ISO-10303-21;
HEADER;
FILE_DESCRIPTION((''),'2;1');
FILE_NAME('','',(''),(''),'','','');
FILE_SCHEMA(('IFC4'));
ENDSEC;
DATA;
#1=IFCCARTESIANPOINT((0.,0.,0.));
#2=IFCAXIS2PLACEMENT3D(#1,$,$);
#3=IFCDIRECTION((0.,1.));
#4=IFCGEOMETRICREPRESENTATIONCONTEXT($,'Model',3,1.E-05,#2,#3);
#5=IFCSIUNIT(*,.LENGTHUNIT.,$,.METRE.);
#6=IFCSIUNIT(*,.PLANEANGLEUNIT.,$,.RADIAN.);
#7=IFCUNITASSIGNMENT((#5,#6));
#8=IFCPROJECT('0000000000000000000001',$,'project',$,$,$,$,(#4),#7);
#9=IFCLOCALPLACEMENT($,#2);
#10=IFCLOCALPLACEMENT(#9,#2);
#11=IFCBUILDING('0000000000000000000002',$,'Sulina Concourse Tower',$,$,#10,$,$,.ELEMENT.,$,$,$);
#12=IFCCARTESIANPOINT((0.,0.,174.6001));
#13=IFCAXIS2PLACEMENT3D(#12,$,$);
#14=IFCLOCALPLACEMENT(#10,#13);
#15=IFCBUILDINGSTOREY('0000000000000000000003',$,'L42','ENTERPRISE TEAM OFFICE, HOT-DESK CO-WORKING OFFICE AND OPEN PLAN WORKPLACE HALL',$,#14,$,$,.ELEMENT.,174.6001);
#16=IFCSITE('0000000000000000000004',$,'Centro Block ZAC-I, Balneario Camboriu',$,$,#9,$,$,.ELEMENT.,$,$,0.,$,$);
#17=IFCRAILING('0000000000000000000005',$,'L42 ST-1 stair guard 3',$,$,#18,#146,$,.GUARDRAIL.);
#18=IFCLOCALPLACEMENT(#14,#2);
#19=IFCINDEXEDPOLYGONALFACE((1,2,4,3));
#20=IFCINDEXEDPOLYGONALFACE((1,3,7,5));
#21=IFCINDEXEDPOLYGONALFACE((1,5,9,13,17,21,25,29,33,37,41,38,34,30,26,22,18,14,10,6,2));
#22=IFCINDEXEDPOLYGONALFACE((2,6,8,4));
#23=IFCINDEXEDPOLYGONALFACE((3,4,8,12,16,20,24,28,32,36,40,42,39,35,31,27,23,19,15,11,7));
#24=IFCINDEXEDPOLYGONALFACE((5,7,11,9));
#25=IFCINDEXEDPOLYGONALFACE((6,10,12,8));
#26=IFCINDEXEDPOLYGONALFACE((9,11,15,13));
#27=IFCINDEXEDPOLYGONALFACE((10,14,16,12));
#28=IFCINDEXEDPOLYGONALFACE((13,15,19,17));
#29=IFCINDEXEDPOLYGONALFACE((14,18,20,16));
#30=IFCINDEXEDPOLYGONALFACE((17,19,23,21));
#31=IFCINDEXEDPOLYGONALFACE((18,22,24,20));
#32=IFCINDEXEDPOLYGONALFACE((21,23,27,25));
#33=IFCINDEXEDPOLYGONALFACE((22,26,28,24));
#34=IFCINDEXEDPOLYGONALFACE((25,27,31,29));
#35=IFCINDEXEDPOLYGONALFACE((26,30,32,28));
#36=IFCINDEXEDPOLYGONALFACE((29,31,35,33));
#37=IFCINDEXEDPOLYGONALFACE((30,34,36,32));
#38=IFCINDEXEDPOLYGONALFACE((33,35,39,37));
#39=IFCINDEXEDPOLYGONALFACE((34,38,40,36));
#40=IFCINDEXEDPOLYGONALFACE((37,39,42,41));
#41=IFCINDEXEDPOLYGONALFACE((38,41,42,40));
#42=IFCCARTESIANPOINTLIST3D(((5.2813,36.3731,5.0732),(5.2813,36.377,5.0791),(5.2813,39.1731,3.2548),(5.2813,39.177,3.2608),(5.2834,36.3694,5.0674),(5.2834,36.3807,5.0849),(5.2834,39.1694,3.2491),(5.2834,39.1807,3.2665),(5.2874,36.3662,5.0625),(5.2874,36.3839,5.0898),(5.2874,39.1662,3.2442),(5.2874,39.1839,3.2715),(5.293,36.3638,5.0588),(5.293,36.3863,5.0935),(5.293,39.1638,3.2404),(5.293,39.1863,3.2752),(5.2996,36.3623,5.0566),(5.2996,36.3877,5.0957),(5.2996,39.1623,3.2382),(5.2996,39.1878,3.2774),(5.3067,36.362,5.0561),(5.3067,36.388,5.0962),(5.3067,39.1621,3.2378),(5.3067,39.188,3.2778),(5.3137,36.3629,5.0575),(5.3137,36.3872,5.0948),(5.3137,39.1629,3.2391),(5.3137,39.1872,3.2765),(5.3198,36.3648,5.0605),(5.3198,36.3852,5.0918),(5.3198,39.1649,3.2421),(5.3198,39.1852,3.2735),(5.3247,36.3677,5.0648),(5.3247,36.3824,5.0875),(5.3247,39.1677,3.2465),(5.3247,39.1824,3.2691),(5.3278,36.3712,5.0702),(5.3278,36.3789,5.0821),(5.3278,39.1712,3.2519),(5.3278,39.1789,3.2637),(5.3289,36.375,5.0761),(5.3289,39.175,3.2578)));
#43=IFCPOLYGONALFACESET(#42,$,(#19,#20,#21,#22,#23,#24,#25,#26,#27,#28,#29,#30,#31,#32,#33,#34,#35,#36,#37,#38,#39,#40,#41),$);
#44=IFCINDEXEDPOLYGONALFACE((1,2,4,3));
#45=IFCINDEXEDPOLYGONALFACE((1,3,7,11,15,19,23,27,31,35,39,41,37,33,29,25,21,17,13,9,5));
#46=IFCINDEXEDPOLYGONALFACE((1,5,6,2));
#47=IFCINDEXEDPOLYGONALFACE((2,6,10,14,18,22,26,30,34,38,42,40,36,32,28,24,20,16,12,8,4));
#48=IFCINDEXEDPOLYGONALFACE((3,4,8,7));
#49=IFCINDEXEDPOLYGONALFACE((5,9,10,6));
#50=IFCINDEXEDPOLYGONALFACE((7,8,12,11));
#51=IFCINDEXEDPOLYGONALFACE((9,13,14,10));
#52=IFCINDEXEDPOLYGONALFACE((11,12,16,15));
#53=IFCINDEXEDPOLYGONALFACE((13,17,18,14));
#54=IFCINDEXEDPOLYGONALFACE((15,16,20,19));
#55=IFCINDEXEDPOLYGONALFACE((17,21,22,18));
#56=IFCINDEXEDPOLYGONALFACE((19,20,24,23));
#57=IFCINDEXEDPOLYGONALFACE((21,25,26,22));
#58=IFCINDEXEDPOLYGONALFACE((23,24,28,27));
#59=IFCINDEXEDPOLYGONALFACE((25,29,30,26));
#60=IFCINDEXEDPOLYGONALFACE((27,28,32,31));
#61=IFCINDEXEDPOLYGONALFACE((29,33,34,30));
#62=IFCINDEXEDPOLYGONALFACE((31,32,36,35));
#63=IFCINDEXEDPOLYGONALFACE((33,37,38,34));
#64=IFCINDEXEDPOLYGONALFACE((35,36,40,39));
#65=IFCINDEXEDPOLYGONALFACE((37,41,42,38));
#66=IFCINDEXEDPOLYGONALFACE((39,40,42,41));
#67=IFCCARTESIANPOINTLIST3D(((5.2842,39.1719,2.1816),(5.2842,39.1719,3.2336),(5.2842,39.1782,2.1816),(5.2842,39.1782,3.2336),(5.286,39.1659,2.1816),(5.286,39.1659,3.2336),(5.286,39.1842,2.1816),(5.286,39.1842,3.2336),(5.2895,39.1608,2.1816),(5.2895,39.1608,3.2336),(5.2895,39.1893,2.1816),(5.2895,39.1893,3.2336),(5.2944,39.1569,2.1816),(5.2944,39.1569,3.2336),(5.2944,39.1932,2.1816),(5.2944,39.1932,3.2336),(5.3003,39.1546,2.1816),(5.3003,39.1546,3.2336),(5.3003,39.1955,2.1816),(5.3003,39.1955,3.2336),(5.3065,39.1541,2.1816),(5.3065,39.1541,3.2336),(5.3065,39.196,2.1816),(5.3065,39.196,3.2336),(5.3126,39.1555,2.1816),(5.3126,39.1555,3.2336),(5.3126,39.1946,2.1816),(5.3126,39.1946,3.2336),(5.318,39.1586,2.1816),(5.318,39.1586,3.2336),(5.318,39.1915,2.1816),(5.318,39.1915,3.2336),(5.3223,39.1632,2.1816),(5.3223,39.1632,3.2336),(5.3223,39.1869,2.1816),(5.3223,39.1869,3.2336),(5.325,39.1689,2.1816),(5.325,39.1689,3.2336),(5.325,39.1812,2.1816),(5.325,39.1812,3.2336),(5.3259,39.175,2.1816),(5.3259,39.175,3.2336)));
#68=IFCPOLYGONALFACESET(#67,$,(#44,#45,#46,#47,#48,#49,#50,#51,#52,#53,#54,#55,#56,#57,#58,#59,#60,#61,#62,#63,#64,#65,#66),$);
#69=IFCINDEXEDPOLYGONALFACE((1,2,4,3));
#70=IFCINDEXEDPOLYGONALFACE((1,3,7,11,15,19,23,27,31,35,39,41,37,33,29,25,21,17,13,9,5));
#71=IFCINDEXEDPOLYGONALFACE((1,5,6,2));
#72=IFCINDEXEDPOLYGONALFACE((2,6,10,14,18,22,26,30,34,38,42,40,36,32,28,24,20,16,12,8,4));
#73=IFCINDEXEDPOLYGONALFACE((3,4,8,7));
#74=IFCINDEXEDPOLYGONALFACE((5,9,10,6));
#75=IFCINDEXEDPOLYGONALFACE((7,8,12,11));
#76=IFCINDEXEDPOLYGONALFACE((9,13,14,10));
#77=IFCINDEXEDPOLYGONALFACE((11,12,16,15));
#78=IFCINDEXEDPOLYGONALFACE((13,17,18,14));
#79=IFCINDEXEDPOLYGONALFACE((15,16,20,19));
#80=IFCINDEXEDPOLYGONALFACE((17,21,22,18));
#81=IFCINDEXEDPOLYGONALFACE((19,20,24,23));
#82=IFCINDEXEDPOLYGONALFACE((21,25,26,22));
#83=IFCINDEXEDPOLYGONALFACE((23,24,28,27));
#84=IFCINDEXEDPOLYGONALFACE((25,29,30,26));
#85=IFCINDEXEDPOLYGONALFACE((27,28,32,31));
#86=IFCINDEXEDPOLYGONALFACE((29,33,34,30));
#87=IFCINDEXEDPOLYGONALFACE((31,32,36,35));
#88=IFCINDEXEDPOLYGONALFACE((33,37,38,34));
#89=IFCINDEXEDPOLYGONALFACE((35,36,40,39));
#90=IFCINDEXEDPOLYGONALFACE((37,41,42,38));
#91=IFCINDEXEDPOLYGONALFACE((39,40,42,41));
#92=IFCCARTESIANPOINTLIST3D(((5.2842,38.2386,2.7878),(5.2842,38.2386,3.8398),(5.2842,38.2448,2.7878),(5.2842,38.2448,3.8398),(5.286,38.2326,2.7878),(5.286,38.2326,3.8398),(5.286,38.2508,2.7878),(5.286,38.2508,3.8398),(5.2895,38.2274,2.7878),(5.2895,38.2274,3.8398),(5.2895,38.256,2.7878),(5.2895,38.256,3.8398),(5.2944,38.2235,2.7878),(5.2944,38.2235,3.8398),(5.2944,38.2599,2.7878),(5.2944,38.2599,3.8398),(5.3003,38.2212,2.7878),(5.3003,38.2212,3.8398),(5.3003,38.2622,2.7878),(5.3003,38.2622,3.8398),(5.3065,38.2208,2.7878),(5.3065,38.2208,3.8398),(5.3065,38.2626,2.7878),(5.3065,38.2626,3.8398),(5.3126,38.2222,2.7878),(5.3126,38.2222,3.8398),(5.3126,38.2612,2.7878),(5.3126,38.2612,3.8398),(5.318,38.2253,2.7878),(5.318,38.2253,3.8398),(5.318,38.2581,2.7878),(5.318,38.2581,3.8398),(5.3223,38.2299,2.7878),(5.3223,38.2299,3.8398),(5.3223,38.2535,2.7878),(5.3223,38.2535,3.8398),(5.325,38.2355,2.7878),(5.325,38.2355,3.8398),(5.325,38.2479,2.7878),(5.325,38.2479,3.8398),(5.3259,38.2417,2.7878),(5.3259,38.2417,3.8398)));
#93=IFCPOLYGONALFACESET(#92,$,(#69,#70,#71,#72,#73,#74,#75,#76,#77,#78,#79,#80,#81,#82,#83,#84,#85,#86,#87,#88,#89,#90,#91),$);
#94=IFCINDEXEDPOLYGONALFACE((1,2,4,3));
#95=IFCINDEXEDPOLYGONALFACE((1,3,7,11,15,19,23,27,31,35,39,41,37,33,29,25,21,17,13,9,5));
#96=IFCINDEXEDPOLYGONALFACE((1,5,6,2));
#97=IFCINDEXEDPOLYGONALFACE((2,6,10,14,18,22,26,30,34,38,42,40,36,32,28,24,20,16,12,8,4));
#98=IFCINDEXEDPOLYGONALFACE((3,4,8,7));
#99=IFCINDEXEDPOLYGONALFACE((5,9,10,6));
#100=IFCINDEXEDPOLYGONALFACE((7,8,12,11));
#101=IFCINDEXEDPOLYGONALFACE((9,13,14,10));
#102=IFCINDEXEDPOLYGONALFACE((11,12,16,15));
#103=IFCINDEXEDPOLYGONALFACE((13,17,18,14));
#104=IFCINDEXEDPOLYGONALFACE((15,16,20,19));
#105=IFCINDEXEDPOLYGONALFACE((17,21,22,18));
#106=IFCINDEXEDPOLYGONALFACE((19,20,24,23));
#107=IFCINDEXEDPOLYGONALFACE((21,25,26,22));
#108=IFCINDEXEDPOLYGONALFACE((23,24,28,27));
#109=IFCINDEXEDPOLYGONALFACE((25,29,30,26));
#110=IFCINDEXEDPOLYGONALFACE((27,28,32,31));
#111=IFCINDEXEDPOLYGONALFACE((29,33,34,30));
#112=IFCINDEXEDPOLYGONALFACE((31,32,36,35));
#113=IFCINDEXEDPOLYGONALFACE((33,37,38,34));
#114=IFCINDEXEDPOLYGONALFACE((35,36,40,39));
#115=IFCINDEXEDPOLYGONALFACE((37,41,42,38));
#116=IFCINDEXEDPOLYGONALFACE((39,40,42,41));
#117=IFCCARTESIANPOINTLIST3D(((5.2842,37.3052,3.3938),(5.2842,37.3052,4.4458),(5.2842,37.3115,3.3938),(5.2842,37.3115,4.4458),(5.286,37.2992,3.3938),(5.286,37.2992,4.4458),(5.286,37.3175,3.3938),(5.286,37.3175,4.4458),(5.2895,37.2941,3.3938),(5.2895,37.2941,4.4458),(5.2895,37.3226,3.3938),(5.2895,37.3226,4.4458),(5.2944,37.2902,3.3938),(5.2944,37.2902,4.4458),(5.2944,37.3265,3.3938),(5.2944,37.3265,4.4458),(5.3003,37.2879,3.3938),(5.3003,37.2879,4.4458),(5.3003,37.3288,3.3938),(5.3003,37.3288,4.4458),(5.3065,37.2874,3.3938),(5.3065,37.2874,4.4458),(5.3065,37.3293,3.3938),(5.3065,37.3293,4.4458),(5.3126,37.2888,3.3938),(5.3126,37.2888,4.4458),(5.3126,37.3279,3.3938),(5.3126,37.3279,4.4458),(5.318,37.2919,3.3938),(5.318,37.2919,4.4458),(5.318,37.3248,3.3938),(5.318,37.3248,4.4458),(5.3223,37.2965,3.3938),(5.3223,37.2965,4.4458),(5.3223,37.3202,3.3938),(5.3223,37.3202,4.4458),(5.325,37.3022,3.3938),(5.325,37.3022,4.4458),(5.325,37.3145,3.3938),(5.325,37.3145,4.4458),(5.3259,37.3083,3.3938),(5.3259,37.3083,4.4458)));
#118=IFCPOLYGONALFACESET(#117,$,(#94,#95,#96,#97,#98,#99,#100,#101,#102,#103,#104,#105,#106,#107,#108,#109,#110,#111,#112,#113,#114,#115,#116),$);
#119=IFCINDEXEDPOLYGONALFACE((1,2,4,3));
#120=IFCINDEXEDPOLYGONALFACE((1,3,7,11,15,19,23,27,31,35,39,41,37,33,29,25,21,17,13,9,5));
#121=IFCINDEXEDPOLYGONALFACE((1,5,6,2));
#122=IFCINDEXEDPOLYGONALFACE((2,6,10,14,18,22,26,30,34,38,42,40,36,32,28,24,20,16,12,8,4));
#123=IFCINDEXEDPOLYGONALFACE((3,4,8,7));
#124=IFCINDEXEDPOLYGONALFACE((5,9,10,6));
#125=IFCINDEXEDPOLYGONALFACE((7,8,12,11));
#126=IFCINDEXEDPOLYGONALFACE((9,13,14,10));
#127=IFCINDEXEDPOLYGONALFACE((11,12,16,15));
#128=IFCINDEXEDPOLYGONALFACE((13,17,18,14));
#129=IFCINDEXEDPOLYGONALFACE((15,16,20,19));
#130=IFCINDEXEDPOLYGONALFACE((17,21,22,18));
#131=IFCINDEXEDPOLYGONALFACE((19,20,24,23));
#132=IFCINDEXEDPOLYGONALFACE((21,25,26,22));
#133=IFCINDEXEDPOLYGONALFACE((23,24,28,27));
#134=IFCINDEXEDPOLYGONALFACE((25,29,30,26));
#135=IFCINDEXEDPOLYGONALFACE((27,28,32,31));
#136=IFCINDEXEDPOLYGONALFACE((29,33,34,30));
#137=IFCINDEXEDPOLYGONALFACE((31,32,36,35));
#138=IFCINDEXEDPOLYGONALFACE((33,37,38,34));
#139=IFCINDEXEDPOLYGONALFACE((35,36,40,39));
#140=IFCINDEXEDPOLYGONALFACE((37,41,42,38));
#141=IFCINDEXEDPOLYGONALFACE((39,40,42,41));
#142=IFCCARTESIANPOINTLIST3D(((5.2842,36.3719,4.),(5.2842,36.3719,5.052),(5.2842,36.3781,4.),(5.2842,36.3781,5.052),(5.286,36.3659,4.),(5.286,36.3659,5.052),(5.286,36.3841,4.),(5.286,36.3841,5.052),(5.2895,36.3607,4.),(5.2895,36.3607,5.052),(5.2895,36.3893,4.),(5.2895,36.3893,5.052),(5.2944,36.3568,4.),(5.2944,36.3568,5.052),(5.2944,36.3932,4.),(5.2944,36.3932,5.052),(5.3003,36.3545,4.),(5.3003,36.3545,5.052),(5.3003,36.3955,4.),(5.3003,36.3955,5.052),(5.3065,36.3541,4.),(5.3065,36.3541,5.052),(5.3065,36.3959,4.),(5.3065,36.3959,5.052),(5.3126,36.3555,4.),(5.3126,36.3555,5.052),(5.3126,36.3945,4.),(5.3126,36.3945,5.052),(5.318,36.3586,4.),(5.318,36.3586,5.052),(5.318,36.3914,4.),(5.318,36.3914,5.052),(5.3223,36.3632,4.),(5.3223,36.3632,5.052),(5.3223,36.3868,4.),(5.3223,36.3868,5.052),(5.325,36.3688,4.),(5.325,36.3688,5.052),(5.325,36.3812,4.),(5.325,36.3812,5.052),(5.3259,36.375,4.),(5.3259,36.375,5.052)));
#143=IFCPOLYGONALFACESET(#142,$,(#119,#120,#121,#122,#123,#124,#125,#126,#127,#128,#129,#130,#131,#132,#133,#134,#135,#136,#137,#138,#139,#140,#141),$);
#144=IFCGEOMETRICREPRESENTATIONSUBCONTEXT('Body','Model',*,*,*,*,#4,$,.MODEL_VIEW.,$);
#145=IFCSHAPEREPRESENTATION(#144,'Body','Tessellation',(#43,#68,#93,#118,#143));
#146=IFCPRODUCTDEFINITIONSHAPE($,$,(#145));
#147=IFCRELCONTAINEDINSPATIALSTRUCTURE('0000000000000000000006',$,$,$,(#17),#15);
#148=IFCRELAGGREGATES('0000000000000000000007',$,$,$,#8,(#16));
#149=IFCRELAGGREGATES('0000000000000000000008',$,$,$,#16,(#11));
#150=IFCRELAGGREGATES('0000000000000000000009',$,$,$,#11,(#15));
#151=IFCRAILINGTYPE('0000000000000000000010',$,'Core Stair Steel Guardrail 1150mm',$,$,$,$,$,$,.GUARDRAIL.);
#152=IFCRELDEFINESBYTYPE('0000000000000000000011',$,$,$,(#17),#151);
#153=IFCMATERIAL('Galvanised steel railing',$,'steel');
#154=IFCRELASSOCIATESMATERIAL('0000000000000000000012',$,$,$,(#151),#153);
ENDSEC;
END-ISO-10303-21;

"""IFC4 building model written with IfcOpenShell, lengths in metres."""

from ifc_helpers import new_model, si_unit, direction, frame, origin, origin_2d, place, context, subcontext, project, spatial, circle, extrude, material, type_object, element, save


model = new_model("IFC4")

# Units and contexts
model_context = context("Model", 3, precision=1e-05, world=origin(), true_north=direction((0.0, 1.0)))
body_context = subcontext(model_context, "Body", "Model", "MODEL_VIEW")
ifc_project = project(units=[si_unit("LENGTHUNIT", "METRE"), si_unit("PLANEANGLEUNIT", "RADIAN")], contexts=[model_context])

# Site, building, storey
site_placement = place(None, origin())
site = spatial("IfcSite", under=ifc_project, at=site_placement, Name="Centro Block ZAC-I, Balneario Camboriu", CompositionType="ELEMENT", RefElevation=0.0)
building_placement = place(site_placement, origin())
building = spatial("IfcBuilding", under=site, at=building_placement, Name="Sulina Concourse Tower", CompositionType="ELEMENT")
storey_placement = place(building_placement, frame((0.0, 0.0, 174.6001)))
storey = spatial("IfcBuildingStorey", under=building, at=storey_placement, Name="L42", Description="ENTERPRISE TEAM OFFICE, HOT-DESK CO-WORKING OFFICE AND OPEN PLAN WORKPLACE HALL", CompositionType="ELEMENT", Elevation=174.6001)

# Railing
ifc_material_1 = material(Name="Galvanised steel railing", Category="steel")
railing_type_1 = type_object("IfcRailingType", Name="Core Stair Steel Guardrail 1150mm", PredefinedType="GUARDRAIL", material=ifc_material_1)
railing_1_placement = place(storey_placement, frame((5.3049, 39.175, 2.1816)))
element("IfcRailing", 1, at=railing_1_placement, inside=storey, type_object=railing_type_1, Name="L42 ST-1 stair guard 3", PredefinedType="GUARDRAIL", context=body_context, shape_type="SweptSolid", body=[
    extrude(circle(Radius=0.0239, at=origin_2d()), frame((0.0, 0.0, 1.0762), z_axis=(0.0, -0.838672, 0.544636), x_axis=(1.0, 0.0, 0.0)), (0.0, 0.0, 1.0), 3.3386),
    extrude(circle(Radius=0.021, at=origin_2d()), origin(), (0.0, 0.0, 1.0), 1.052),
    extrude(circle(Radius=0.021, at=origin_2d()), frame((0.0, -0.9333, 0.6062)), (0.0, 0.0, 1.0), 1.052),
    extrude(circle(Radius=0.021, at=origin_2d()), frame((0.0, -1.8667, 1.2122)), (0.0, 0.0, 1.0), 1.052),
    extrude(circle(Radius=0.021, at=origin_2d()), frame((0.0, -2.8, 1.8184)), (0.0, 0.0, 1.0), 1.052),
])

save(model, "model.ifc")
